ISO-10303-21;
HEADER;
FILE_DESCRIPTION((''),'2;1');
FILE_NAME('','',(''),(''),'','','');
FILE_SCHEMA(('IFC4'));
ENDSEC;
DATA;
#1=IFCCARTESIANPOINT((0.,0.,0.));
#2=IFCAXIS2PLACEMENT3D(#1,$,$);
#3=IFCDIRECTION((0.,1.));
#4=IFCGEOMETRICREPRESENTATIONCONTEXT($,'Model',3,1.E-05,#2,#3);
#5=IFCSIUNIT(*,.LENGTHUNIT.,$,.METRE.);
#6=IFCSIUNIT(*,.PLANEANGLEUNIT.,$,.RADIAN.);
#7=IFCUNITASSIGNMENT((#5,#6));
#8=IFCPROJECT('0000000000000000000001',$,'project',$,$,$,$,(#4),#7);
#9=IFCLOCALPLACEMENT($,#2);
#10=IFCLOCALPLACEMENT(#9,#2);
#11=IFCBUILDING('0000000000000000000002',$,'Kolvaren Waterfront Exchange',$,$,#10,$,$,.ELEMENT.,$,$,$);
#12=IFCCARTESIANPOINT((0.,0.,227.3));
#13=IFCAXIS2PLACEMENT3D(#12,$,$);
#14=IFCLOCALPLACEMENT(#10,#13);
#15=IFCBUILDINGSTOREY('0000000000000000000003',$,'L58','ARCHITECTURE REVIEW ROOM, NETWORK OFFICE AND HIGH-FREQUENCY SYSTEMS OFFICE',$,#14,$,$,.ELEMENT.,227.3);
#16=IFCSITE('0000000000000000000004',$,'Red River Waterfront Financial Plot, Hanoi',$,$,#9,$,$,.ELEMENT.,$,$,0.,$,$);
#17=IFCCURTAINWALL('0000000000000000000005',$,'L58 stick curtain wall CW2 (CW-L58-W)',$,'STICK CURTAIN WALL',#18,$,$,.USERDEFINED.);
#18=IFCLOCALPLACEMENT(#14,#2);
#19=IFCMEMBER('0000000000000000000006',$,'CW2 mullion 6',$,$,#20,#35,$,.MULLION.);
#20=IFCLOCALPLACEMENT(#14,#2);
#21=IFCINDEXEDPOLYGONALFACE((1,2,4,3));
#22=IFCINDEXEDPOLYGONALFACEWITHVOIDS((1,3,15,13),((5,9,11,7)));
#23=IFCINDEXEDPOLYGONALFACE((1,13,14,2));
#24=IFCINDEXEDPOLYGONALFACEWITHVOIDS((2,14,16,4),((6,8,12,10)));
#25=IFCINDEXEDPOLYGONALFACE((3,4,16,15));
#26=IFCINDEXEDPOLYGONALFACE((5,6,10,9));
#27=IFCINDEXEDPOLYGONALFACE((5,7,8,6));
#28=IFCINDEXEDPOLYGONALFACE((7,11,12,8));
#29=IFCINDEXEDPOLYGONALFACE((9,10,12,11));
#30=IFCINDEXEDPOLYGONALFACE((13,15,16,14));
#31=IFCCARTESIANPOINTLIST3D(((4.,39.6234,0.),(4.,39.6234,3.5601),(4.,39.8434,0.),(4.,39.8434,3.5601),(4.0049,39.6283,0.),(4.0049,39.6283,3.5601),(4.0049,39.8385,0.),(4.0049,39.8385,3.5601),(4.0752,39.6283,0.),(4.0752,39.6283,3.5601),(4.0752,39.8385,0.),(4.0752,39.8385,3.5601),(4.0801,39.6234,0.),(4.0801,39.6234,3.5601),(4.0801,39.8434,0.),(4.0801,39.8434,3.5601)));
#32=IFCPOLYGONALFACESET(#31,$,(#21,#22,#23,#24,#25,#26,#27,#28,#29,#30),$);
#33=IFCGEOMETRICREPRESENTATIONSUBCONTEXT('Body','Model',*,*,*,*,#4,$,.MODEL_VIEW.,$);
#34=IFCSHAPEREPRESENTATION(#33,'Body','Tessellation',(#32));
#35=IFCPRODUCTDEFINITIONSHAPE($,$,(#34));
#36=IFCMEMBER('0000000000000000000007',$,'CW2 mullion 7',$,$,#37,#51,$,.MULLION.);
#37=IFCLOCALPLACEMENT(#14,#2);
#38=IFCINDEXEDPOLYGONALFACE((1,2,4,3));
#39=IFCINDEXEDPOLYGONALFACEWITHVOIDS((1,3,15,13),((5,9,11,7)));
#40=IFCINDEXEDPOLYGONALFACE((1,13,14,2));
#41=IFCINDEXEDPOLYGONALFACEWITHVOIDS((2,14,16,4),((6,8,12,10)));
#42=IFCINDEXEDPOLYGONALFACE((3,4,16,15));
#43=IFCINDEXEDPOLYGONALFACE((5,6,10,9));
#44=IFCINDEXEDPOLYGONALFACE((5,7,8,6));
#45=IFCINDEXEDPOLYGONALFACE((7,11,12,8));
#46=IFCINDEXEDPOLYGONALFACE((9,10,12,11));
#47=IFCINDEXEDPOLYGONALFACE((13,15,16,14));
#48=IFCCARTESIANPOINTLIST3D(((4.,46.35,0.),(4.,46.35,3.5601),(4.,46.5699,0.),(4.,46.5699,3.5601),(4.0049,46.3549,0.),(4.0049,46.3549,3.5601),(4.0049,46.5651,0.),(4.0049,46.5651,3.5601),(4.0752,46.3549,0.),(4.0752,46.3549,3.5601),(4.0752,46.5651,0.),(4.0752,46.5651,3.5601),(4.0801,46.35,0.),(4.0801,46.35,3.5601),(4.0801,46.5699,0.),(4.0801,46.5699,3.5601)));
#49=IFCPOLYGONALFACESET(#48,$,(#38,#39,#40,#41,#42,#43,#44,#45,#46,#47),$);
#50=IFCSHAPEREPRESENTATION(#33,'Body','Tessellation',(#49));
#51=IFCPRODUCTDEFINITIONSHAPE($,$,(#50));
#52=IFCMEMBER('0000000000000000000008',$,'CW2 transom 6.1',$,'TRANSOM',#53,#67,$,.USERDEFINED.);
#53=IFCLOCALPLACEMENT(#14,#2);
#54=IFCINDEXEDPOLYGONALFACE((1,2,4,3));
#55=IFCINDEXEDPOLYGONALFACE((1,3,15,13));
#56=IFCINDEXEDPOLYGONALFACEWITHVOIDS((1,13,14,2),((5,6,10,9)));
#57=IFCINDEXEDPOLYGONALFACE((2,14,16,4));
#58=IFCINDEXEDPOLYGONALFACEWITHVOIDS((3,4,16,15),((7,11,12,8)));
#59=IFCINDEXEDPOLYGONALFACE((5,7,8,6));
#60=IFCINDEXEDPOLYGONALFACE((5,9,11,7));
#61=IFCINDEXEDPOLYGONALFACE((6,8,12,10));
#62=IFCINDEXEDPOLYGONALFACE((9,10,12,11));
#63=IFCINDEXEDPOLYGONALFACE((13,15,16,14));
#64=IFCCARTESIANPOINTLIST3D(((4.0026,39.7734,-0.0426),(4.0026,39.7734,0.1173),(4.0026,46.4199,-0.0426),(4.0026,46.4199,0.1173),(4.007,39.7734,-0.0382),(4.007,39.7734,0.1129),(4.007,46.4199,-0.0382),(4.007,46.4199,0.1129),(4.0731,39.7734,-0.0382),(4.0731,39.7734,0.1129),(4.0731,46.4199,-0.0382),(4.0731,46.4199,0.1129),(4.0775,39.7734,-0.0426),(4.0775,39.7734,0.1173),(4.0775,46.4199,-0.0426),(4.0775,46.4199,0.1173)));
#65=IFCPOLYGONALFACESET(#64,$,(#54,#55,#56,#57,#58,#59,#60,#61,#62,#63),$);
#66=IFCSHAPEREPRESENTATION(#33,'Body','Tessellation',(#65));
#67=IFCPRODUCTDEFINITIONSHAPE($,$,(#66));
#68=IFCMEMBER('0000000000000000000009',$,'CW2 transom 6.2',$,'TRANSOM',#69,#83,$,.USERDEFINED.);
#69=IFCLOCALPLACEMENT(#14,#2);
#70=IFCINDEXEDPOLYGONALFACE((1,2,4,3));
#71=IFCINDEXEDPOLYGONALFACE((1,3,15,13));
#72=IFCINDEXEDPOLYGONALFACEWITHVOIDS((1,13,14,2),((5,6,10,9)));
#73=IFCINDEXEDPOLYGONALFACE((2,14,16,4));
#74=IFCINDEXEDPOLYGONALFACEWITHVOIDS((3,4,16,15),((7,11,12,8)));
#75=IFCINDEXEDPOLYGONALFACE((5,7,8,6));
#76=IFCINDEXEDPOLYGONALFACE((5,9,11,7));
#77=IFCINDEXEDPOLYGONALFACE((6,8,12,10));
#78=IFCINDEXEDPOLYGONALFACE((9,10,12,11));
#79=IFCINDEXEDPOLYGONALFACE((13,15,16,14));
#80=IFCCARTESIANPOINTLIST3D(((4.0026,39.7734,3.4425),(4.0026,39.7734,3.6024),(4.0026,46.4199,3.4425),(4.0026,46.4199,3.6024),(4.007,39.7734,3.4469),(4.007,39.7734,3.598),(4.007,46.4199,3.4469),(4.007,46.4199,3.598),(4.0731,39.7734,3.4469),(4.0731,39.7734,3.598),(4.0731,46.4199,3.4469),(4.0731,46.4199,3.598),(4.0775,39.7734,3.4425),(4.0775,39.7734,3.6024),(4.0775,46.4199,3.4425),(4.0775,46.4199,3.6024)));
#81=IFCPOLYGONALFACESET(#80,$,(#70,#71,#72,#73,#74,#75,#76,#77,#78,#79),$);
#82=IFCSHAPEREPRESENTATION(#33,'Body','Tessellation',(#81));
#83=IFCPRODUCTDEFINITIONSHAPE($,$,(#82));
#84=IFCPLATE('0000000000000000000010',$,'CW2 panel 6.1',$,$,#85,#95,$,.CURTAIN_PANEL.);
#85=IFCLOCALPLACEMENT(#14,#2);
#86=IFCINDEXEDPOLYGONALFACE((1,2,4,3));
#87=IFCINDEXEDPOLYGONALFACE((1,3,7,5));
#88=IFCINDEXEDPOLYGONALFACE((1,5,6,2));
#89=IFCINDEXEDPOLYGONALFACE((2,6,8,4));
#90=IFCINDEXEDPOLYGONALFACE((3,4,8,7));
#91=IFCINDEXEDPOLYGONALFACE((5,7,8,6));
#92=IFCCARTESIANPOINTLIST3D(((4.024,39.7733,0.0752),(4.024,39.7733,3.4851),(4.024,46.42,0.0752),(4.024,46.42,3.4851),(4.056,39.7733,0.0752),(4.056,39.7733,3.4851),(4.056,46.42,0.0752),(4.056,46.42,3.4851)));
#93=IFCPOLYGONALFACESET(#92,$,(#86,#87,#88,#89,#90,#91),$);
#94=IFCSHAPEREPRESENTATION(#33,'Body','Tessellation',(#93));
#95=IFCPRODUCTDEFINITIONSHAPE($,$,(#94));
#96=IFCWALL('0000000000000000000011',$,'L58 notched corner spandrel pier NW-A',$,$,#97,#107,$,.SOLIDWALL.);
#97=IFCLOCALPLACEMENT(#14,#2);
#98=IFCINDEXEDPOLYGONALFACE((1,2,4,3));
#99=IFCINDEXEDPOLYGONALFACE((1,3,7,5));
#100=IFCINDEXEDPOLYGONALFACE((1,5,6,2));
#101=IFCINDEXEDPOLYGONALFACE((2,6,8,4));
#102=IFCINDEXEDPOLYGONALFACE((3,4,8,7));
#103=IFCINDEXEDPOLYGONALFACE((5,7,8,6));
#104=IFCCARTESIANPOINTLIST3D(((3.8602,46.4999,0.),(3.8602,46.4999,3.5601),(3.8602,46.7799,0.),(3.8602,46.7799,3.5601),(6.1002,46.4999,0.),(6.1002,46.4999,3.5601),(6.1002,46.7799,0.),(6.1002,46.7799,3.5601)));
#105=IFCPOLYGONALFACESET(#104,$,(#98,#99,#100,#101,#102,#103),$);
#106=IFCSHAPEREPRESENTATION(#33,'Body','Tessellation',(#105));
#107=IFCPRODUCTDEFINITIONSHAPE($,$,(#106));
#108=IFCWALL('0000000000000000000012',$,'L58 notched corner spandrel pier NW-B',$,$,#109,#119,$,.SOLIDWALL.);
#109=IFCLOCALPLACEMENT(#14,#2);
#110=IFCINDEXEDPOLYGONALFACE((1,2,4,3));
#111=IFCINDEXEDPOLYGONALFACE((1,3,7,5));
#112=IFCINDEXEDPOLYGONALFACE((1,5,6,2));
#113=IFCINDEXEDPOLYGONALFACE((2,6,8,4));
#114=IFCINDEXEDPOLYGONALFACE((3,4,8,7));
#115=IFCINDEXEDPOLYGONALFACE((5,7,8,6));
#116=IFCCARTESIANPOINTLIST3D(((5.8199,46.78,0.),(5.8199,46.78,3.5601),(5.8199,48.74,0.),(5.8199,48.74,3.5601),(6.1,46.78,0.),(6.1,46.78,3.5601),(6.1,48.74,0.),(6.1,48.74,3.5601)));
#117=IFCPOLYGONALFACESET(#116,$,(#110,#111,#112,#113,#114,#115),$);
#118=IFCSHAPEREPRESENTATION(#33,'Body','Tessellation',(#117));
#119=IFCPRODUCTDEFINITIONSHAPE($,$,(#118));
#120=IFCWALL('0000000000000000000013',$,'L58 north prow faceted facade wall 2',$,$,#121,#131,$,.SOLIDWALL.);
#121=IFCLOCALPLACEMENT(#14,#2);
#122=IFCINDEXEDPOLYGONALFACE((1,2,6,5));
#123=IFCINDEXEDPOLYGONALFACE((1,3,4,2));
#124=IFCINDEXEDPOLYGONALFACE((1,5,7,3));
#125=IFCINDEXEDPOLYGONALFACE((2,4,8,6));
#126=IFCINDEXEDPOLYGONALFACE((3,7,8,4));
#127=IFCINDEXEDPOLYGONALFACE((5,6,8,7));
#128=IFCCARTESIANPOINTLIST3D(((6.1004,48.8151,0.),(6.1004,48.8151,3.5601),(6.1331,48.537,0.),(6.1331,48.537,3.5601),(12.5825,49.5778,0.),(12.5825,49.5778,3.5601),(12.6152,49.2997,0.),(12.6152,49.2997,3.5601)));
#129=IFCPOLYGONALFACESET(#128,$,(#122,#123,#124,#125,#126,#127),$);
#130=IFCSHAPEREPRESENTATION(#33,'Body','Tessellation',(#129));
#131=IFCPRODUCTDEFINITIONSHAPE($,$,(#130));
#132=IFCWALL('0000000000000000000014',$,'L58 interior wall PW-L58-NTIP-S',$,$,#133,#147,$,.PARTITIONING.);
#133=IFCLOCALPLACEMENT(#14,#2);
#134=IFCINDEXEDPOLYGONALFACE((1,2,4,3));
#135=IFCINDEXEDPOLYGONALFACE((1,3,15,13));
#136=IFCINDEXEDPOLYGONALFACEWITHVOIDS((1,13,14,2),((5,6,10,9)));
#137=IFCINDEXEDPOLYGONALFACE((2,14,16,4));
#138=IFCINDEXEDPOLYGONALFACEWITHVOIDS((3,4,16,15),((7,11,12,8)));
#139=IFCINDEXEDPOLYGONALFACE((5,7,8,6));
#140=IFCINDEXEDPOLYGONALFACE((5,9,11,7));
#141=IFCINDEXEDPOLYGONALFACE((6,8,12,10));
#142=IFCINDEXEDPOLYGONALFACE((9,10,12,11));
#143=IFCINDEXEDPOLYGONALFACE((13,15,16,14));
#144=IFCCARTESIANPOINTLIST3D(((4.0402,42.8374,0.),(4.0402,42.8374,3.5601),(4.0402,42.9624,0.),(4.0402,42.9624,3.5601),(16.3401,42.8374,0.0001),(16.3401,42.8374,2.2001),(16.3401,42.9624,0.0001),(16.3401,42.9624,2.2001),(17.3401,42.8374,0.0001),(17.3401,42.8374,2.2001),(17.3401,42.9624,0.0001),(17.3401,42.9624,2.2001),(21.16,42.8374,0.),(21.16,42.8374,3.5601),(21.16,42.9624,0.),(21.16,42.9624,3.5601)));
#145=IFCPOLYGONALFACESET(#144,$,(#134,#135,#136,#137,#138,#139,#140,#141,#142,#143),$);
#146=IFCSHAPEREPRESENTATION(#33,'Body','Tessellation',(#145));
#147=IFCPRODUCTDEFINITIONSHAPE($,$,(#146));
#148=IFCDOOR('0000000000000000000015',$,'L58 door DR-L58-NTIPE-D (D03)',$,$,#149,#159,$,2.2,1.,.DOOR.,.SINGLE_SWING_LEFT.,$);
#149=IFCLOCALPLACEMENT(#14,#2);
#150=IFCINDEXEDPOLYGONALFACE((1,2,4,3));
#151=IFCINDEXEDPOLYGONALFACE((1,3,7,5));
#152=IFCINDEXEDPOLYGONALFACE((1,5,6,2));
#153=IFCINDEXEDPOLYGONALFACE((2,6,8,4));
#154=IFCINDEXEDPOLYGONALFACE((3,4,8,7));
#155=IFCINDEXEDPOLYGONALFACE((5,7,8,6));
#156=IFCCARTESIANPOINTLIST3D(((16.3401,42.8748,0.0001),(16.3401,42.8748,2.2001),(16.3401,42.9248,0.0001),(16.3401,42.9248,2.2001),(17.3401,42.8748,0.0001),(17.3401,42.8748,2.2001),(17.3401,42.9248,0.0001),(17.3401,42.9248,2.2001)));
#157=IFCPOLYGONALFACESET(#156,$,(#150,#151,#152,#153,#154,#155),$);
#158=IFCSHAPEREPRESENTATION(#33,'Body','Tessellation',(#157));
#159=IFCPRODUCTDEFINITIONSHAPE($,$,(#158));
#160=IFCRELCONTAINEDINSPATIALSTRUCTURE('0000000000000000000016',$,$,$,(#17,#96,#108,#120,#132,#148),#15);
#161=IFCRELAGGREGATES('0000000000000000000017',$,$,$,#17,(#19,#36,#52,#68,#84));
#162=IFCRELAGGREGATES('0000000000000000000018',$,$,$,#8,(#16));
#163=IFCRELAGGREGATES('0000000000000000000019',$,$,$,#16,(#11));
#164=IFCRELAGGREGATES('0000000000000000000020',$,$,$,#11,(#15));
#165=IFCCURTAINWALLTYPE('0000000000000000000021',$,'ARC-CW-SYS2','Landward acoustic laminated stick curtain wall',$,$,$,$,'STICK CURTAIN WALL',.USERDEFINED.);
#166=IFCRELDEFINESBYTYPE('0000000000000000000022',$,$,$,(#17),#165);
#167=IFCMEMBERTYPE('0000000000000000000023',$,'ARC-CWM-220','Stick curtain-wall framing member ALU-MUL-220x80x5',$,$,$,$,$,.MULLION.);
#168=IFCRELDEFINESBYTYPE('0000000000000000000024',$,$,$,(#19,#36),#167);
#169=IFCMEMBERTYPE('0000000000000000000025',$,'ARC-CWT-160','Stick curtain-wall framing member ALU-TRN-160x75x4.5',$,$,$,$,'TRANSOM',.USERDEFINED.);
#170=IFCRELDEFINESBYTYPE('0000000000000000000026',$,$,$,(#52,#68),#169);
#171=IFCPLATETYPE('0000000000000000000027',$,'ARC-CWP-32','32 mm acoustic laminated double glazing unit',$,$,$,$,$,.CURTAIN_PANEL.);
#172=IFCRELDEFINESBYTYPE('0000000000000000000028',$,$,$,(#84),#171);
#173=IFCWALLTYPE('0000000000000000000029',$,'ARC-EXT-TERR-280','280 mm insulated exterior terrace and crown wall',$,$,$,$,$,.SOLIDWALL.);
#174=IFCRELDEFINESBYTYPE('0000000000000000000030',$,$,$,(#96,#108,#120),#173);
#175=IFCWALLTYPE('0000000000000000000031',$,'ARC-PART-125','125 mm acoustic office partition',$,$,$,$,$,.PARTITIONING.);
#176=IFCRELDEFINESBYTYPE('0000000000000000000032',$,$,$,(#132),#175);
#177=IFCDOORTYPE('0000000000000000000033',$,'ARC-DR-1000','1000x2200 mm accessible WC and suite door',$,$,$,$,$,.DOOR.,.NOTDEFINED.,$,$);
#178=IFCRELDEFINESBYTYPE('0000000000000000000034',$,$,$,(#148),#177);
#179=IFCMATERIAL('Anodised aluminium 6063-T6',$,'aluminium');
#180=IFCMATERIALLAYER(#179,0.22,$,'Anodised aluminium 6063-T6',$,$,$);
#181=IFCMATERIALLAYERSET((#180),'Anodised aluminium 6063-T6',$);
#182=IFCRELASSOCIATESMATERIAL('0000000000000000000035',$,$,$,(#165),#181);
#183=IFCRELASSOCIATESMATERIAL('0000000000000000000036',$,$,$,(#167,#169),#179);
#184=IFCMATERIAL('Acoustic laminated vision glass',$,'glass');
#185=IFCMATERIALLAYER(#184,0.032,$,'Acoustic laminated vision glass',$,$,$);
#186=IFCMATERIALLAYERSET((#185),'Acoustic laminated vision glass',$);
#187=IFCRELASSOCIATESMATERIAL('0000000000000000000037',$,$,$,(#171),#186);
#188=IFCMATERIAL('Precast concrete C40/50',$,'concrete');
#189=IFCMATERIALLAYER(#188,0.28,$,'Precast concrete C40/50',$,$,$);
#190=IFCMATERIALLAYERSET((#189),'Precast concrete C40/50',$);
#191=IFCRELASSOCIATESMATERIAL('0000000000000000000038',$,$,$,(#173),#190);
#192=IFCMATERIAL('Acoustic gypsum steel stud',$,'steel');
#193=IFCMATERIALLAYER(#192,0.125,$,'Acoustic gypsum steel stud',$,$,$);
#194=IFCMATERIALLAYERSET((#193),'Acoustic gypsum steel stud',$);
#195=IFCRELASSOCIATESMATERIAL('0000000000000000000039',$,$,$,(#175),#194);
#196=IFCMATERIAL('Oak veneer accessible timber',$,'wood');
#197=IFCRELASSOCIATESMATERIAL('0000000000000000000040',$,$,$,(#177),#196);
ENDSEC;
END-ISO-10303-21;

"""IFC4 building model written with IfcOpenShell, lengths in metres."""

from ifc_helpers import new_model, si_unit, direction, frame, frame_2d, origin, origin_with_axes, origin_2d, place, context, subcontext, project, spatial, rectangle, hollow_rectangle, extrude, source, transform, mapped, material, layer, layer_set, material_profile, profile_set, type_object, element, fill, aggregate, save


model = new_model("IFC4")

# Units and contexts
model_context = context("Model", 3, precision=1e-05, world=origin(), true_north=direction((0.0, 1.0)))
body_context = subcontext(model_context, "Body", "Model", "MODEL_VIEW")
ifc_project = project(units=[si_unit("LENGTHUNIT", "METRE"), si_unit("PLANEANGLEUNIT", "RADIAN")], contexts=[model_context])

# Site, building, storey
site_placement = place(None, origin())
site = spatial("IfcSite", under=ifc_project, at=site_placement, Name="Red River Waterfront Financial Plot, Hanoi", CompositionType="ELEMENT", RefElevation=0.0)
building_placement = place(site_placement, origin())
building = spatial("IfcBuilding", under=site, at=building_placement, Name="Kolvaren Waterfront Exchange", CompositionType="ELEMENT")
storey_placement = place(building_placement, frame((0.0, 0.0, 227.3)))
storey = spatial("IfcBuildingStorey", under=building, at=storey_placement, Name="L58", Description="ARCHITECTURE REVIEW ROOM, NETWORK OFFICE AND HIGH-FREQUENCY SYSTEMS OFFICE", CompositionType="ELEMENT", Elevation=227.3)

# Curtain wall, members, plate
ifc_material_1 = material(Name="Anodised aluminium 6063-T6", Category="aluminium")
ifc_layer_1 = layer(ifc_material_1, 0.22, Name="Anodised aluminium 6063-T6")
ifc_layer_set_1 = layer_set([ifc_layer_1], Name="Anodised aluminium 6063-T6")
curtain_wall_type = type_object("IfcCurtainWallType", Name="ARC-CW-SYS2", Description="Landward acoustic laminated stick curtain wall", ElementType="STICK CURTAIN WALL", PredefinedType="USERDEFINED", material=ifc_layer_set_1)
curtain_wall_placement = place(storey_placement, origin())
curtain_wall = element("IfcCurtainWall", 1, at=curtain_wall_placement, inside=storey, type_object=curtain_wall_type, Name="L58 stick curtain wall CW2 (CW-L58-W)", ObjectType="STICK CURTAIN WALL", PredefinedType="USERDEFINED")
ifc_material_profile_1 = material_profile(ifc_material_1, hollow_rectangle(XDim=0.0801, YDim=0.22, WallThickness=0.0049, at=origin_2d()), Name="ALU-MUL-220x80x5")
ifc_profile_set_1 = profile_set([ifc_material_profile_1], Name="Anodised aluminium 6063-T6")
member_type_1 = type_object("IfcMemberType", Name="ARC-CWM-220", Description="Stick curtain-wall framing member ALU-MUL-220x80x5", PredefinedType="MULLION", material=ifc_profile_set_1)
shared_shape_1 = source(origin_with_axes(), body_context, "Body", "SweptSolid", [
    extrude(hollow_rectangle(XDim=0.0801, YDim=0.22, WallThickness=0.0049, at=origin_2d()), origin(), (0.0, 0.0, 1.0), 3.5601),
])
member_1_placement = place(storey_placement, frame((4.04, 39.7334, 0.0), z_axis=(0.0, 0.0, 1.0), x_axis=(-1.0, 0.0, 0.0)))
member_1 = element("IfcMember", 2, at=member_1_placement, type_object=member_type_1, Name="CW2 mullion 6", PredefinedType="MULLION", context=body_context, shape_type="MappedRepresentation", body=[
    mapped(shared_shape_1, transform((0.0, 0.0, 0.0), x_axis=(1.0, 0.0, 0.0), y_axis=(0.0, 1.0, 0.0), z_axis=(0.0, 0.0, 1.0), scale=1.0)),
])
member_2_placement = place(storey_placement, frame((4.04, 46.46, 0.0), z_axis=(0.0, 0.0, 1.0), x_axis=(-1.0, 0.0, 0.0)))
member_2 = element("IfcMember", 3, at=member_2_placement, type_object=member_type_1, Name="CW2 mullion 7", PredefinedType="MULLION", context=body_context, shape_type="MappedRepresentation", body=[
    mapped(shared_shape_1, transform((0.0, 0.0, 0.0), x_axis=(1.0, 0.0, 0.0), y_axis=(0.0, 1.0, 0.0), z_axis=(0.0, 0.0, 1.0), scale=1.0)),
])
ifc_material_profile_2 = material_profile(ifc_material_1, hollow_rectangle(XDim=0.075, YDim=0.1599, WallThickness=0.0044, at=origin_2d()), Name="ALU-TRN-160x75x4.5")
ifc_profile_set_2 = profile_set([ifc_material_profile_2], Name="Anodised aluminium 6063-T6")
member_type_2 = type_object("IfcMemberType", Name="ARC-CWT-160", Description="Stick curtain-wall framing member ALU-TRN-160x75x4.5", ElementType="TRANSOM", PredefinedType="USERDEFINED", material=ifc_profile_set_2)
shared_shape_2 = source(origin_with_axes(), body_context, "Body", "SweptSolid", [
    extrude(hollow_rectangle(XDim=0.075, YDim=0.1599, WallThickness=0.0044, at=origin_2d()), origin(), (0.0, 0.0, 1.0), 6.6465),
])
member_3_placement = place(storey_placement, frame((4.04, 39.7734, 0.0374), z_axis=(0.0, 1.0, 0.0), x_axis=(-1.0, 0.0, 0.0)))
member_3 = element("IfcMember", 4, at=member_3_placement, type_object=member_type_2, Name="CW2 transom 6.1", ObjectType="TRANSOM", PredefinedType="USERDEFINED", context=body_context, shape_type="MappedRepresentation", body=[
    mapped(shared_shape_2, transform((0.0, 0.0, 0.0), x_axis=(1.0, 0.0, 0.0), y_axis=(0.0, 1.0, 0.0), z_axis=(0.0, 0.0, 1.0), scale=1.0)),
])
member_4_placement = place(storey_placement, frame((4.04, 39.7734, 3.5225), z_axis=(0.0, 1.0, 0.0), x_axis=(-1.0, 0.0, 0.0)))
member_4 = element("IfcMember", 5, at=member_4_placement, type_object=member_type_2, Name="CW2 transom 6.2", ObjectType="TRANSOM", PredefinedType="USERDEFINED", context=body_context, shape_type="MappedRepresentation", body=[
    mapped(shared_shape_2, transform((0.0, 0.0, 0.0), x_axis=(1.0, 0.0, 0.0), y_axis=(0.0, 1.0, 0.0), z_axis=(0.0, 0.0, 1.0), scale=1.0)),
])
ifc_material_2 = material(Name="Acoustic laminated vision glass", Category="glass")
ifc_layer_2 = layer(ifc_material_2, 0.032, Name="Acoustic laminated vision glass")
ifc_layer_set_2 = layer_set([ifc_layer_2], Name="Acoustic laminated vision glass")
plate_type = type_object("IfcPlateType", Name="ARC-CWP-32", Description="32 mm acoustic laminated double glazing unit", PredefinedType="CURTAIN_PANEL", material=ifc_layer_set_2)
shared_shape_3 = source(origin_with_axes(), body_context, "Body", "SweptSolid", [
    extrude(rectangle(XDim=6.6467, YDim=0.032, at=origin_2d()), origin(), (0.0, 0.0, 1.0), 3.4099),
])
plate_placement = place(storey_placement, frame((4.04, 43.0967, 0.0752), z_axis=(0.0, 0.0, 1.0), x_axis=(0.0, 1.0, 0.0)))
plate = element("IfcPlate", 6, at=plate_placement, type_object=plate_type, Name="CW2 panel 6.1", PredefinedType="CURTAIN_PANEL", context=body_context, shape_type="MappedRepresentation", body=[
    mapped(shared_shape_3, transform((0.0, 0.0, 0.0), x_axis=(1.0, 0.0, 0.0), y_axis=(0.0, 1.0, 0.0), z_axis=(0.0, 0.0, 1.0), scale=1.0)),
])
aggregate(curtain_wall, [member_1, member_2, member_3, member_4, plate])

# Walls
ifc_material_3 = material(Name="Precast concrete C40/50", Category="concrete")
ifc_layer_3 = layer(ifc_material_3, 0.28, Name="Precast concrete C40/50")
ifc_layer_set_3 = layer_set([ifc_layer_3], Name="Precast concrete C40/50")
wall_type_1 = type_object("IfcWallType", Name="ARC-EXT-TERR-280", Description="280 mm insulated exterior terrace and crown wall", PredefinedType="SOLIDWALL", material=ifc_layer_set_3)
wall_1_placement = place(storey_placement, frame((3.8601, 46.6399, 0.0), z_axis=(0.0, 0.0, 1.0), x_axis=(1.0, 0.0, 0.0)))
element("IfcWall", 7, at=wall_1_placement, inside=storey, type_object=wall_type_1, Name="L58 notched corner spandrel pier NW-A", PredefinedType="SOLIDWALL", context=body_context, shape_type="SweptSolid", body=[
    extrude(rectangle(XDim=2.24, YDim=0.28, at=frame_2d((1.1201, 0.0))), origin(), (0.0, 0.0, 1.0), 3.5601),
])
wall_2_placement = place(storey_placement, frame((5.96, 46.78, 0.0), z_axis=(0.0, 0.0, 1.0), x_axis=(0.0, 1.0, 0.0)))
element("IfcWall", 8, at=wall_2_placement, inside=storey, type_object=wall_type_1, Name="L58 notched corner spandrel pier NW-B", PredefinedType="SOLIDWALL", context=body_context, shape_type="SweptSolid", body=[
    extrude(rectangle(XDim=1.96, YDim=0.28, at=frame_2d((0.98, 0.0))), origin(), (0.0, 0.0, 1.0), 3.5601),
])
wall_3_placement = place(storey_placement, frame((12.5989, 49.4387, 0.0), z_axis=(0.0, 0.0, 1.0), x_axis=(-0.993149, -0.116854, 0.0)))
element("IfcWall", 9, at=wall_3_placement, inside=storey, type_object=wall_type_1, Name="L58 north prow faceted facade wall 2", PredefinedType="SOLIDWALL", context=body_context, shape_type="SweptSolid", body=[
    extrude(rectangle(XDim=6.5269, YDim=0.28, at=frame_2d((3.2634, 0.0))), origin(), (0.0, 0.0, 1.0), 3.5601),
])

# Wall, opening, door
ifc_material_4 = material(Name="Acoustic gypsum steel stud", Category="steel")
ifc_layer_4 = layer(ifc_material_4, 0.125, Name="Acoustic gypsum steel stud")
ifc_layer_set_4 = layer_set([ifc_layer_4], Name="Acoustic gypsum steel stud")
wall_type_2 = type_object("IfcWallType", Name="ARC-PART-125", Description="125 mm acoustic office partition", PredefinedType="PARTITIONING", material=ifc_layer_set_4)
wall_4_placement = place(storey_placement, frame((4.04, 42.8999, 0.0), z_axis=(0.0, 0.0, 1.0), x_axis=(1.0, 0.0, 0.0)))
wall_4 = element("IfcWall", 10, at=wall_4_placement, inside=storey, type_object=wall_type_2, Name="L58 interior wall PW-L58-NTIP-S", PredefinedType="PARTITIONING", context=body_context, shape_type="SweptSolid", body=[
    extrude(rectangle(XDim=17.1199, YDim=0.125, at=frame_2d((8.5601, 0.0))), origin(), (0.0, 0.0, 1.0), 3.5601),
])
opening_1_placement = place(wall_4_placement, frame((12.3, 0.0, 0.0)))
opening_1 = element("IfcOpeningElement", 11, at=opening_1_placement, cuts=wall_4, PredefinedType="OPENING", context=body_context, shape_type="SweptSolid", body=[
    extrude(rectangle(XDim=1.0, YDim=2.2, at=frame_2d((0.5, 1.1001))), frame((0.0, 0.0725, 0.0), z_axis=(0.0, -1.0, 0.0), x_axis=(1.0, 0.0, 0.0)), (0.0, 0.0, 1.0), 0.145),
])
ifc_material_5 = material(Name="Oak veneer accessible timber", Category="wood")
door_type_1 = type_object("IfcDoorType", Name="ARC-DR-1000", Description="1000x2200 mm accessible WC and suite door", OperationType="NOTDEFINED", PredefinedType="DOOR", material=ifc_material_5)
door_1_placement = place(opening_1_placement, origin())
door_1 = element("IfcDoor", 12, at=door_1_placement, inside=storey, type_object=door_type_1, Name="L58 door DR-L58-NTIPE-D (D03)", OperationType="SINGLE_SWING_LEFT", OverallHeight=2.2, OverallWidth=1.0, PredefinedType="DOOR", context=body_context, shape_type="SweptSolid", body=[
    extrude(rectangle(XDim=1.0, YDim=2.2, at=frame_2d((0.5, 1.1001))), frame((0.0, 0.0249, 0.0), z_axis=(0.0, -1.0, 0.0), x_axis=(1.0, 0.0, 0.0)), (0.0, 0.0, 1.0), 0.05),
])
fill(opening_1, door_1)

save(model, "model.ifc")
